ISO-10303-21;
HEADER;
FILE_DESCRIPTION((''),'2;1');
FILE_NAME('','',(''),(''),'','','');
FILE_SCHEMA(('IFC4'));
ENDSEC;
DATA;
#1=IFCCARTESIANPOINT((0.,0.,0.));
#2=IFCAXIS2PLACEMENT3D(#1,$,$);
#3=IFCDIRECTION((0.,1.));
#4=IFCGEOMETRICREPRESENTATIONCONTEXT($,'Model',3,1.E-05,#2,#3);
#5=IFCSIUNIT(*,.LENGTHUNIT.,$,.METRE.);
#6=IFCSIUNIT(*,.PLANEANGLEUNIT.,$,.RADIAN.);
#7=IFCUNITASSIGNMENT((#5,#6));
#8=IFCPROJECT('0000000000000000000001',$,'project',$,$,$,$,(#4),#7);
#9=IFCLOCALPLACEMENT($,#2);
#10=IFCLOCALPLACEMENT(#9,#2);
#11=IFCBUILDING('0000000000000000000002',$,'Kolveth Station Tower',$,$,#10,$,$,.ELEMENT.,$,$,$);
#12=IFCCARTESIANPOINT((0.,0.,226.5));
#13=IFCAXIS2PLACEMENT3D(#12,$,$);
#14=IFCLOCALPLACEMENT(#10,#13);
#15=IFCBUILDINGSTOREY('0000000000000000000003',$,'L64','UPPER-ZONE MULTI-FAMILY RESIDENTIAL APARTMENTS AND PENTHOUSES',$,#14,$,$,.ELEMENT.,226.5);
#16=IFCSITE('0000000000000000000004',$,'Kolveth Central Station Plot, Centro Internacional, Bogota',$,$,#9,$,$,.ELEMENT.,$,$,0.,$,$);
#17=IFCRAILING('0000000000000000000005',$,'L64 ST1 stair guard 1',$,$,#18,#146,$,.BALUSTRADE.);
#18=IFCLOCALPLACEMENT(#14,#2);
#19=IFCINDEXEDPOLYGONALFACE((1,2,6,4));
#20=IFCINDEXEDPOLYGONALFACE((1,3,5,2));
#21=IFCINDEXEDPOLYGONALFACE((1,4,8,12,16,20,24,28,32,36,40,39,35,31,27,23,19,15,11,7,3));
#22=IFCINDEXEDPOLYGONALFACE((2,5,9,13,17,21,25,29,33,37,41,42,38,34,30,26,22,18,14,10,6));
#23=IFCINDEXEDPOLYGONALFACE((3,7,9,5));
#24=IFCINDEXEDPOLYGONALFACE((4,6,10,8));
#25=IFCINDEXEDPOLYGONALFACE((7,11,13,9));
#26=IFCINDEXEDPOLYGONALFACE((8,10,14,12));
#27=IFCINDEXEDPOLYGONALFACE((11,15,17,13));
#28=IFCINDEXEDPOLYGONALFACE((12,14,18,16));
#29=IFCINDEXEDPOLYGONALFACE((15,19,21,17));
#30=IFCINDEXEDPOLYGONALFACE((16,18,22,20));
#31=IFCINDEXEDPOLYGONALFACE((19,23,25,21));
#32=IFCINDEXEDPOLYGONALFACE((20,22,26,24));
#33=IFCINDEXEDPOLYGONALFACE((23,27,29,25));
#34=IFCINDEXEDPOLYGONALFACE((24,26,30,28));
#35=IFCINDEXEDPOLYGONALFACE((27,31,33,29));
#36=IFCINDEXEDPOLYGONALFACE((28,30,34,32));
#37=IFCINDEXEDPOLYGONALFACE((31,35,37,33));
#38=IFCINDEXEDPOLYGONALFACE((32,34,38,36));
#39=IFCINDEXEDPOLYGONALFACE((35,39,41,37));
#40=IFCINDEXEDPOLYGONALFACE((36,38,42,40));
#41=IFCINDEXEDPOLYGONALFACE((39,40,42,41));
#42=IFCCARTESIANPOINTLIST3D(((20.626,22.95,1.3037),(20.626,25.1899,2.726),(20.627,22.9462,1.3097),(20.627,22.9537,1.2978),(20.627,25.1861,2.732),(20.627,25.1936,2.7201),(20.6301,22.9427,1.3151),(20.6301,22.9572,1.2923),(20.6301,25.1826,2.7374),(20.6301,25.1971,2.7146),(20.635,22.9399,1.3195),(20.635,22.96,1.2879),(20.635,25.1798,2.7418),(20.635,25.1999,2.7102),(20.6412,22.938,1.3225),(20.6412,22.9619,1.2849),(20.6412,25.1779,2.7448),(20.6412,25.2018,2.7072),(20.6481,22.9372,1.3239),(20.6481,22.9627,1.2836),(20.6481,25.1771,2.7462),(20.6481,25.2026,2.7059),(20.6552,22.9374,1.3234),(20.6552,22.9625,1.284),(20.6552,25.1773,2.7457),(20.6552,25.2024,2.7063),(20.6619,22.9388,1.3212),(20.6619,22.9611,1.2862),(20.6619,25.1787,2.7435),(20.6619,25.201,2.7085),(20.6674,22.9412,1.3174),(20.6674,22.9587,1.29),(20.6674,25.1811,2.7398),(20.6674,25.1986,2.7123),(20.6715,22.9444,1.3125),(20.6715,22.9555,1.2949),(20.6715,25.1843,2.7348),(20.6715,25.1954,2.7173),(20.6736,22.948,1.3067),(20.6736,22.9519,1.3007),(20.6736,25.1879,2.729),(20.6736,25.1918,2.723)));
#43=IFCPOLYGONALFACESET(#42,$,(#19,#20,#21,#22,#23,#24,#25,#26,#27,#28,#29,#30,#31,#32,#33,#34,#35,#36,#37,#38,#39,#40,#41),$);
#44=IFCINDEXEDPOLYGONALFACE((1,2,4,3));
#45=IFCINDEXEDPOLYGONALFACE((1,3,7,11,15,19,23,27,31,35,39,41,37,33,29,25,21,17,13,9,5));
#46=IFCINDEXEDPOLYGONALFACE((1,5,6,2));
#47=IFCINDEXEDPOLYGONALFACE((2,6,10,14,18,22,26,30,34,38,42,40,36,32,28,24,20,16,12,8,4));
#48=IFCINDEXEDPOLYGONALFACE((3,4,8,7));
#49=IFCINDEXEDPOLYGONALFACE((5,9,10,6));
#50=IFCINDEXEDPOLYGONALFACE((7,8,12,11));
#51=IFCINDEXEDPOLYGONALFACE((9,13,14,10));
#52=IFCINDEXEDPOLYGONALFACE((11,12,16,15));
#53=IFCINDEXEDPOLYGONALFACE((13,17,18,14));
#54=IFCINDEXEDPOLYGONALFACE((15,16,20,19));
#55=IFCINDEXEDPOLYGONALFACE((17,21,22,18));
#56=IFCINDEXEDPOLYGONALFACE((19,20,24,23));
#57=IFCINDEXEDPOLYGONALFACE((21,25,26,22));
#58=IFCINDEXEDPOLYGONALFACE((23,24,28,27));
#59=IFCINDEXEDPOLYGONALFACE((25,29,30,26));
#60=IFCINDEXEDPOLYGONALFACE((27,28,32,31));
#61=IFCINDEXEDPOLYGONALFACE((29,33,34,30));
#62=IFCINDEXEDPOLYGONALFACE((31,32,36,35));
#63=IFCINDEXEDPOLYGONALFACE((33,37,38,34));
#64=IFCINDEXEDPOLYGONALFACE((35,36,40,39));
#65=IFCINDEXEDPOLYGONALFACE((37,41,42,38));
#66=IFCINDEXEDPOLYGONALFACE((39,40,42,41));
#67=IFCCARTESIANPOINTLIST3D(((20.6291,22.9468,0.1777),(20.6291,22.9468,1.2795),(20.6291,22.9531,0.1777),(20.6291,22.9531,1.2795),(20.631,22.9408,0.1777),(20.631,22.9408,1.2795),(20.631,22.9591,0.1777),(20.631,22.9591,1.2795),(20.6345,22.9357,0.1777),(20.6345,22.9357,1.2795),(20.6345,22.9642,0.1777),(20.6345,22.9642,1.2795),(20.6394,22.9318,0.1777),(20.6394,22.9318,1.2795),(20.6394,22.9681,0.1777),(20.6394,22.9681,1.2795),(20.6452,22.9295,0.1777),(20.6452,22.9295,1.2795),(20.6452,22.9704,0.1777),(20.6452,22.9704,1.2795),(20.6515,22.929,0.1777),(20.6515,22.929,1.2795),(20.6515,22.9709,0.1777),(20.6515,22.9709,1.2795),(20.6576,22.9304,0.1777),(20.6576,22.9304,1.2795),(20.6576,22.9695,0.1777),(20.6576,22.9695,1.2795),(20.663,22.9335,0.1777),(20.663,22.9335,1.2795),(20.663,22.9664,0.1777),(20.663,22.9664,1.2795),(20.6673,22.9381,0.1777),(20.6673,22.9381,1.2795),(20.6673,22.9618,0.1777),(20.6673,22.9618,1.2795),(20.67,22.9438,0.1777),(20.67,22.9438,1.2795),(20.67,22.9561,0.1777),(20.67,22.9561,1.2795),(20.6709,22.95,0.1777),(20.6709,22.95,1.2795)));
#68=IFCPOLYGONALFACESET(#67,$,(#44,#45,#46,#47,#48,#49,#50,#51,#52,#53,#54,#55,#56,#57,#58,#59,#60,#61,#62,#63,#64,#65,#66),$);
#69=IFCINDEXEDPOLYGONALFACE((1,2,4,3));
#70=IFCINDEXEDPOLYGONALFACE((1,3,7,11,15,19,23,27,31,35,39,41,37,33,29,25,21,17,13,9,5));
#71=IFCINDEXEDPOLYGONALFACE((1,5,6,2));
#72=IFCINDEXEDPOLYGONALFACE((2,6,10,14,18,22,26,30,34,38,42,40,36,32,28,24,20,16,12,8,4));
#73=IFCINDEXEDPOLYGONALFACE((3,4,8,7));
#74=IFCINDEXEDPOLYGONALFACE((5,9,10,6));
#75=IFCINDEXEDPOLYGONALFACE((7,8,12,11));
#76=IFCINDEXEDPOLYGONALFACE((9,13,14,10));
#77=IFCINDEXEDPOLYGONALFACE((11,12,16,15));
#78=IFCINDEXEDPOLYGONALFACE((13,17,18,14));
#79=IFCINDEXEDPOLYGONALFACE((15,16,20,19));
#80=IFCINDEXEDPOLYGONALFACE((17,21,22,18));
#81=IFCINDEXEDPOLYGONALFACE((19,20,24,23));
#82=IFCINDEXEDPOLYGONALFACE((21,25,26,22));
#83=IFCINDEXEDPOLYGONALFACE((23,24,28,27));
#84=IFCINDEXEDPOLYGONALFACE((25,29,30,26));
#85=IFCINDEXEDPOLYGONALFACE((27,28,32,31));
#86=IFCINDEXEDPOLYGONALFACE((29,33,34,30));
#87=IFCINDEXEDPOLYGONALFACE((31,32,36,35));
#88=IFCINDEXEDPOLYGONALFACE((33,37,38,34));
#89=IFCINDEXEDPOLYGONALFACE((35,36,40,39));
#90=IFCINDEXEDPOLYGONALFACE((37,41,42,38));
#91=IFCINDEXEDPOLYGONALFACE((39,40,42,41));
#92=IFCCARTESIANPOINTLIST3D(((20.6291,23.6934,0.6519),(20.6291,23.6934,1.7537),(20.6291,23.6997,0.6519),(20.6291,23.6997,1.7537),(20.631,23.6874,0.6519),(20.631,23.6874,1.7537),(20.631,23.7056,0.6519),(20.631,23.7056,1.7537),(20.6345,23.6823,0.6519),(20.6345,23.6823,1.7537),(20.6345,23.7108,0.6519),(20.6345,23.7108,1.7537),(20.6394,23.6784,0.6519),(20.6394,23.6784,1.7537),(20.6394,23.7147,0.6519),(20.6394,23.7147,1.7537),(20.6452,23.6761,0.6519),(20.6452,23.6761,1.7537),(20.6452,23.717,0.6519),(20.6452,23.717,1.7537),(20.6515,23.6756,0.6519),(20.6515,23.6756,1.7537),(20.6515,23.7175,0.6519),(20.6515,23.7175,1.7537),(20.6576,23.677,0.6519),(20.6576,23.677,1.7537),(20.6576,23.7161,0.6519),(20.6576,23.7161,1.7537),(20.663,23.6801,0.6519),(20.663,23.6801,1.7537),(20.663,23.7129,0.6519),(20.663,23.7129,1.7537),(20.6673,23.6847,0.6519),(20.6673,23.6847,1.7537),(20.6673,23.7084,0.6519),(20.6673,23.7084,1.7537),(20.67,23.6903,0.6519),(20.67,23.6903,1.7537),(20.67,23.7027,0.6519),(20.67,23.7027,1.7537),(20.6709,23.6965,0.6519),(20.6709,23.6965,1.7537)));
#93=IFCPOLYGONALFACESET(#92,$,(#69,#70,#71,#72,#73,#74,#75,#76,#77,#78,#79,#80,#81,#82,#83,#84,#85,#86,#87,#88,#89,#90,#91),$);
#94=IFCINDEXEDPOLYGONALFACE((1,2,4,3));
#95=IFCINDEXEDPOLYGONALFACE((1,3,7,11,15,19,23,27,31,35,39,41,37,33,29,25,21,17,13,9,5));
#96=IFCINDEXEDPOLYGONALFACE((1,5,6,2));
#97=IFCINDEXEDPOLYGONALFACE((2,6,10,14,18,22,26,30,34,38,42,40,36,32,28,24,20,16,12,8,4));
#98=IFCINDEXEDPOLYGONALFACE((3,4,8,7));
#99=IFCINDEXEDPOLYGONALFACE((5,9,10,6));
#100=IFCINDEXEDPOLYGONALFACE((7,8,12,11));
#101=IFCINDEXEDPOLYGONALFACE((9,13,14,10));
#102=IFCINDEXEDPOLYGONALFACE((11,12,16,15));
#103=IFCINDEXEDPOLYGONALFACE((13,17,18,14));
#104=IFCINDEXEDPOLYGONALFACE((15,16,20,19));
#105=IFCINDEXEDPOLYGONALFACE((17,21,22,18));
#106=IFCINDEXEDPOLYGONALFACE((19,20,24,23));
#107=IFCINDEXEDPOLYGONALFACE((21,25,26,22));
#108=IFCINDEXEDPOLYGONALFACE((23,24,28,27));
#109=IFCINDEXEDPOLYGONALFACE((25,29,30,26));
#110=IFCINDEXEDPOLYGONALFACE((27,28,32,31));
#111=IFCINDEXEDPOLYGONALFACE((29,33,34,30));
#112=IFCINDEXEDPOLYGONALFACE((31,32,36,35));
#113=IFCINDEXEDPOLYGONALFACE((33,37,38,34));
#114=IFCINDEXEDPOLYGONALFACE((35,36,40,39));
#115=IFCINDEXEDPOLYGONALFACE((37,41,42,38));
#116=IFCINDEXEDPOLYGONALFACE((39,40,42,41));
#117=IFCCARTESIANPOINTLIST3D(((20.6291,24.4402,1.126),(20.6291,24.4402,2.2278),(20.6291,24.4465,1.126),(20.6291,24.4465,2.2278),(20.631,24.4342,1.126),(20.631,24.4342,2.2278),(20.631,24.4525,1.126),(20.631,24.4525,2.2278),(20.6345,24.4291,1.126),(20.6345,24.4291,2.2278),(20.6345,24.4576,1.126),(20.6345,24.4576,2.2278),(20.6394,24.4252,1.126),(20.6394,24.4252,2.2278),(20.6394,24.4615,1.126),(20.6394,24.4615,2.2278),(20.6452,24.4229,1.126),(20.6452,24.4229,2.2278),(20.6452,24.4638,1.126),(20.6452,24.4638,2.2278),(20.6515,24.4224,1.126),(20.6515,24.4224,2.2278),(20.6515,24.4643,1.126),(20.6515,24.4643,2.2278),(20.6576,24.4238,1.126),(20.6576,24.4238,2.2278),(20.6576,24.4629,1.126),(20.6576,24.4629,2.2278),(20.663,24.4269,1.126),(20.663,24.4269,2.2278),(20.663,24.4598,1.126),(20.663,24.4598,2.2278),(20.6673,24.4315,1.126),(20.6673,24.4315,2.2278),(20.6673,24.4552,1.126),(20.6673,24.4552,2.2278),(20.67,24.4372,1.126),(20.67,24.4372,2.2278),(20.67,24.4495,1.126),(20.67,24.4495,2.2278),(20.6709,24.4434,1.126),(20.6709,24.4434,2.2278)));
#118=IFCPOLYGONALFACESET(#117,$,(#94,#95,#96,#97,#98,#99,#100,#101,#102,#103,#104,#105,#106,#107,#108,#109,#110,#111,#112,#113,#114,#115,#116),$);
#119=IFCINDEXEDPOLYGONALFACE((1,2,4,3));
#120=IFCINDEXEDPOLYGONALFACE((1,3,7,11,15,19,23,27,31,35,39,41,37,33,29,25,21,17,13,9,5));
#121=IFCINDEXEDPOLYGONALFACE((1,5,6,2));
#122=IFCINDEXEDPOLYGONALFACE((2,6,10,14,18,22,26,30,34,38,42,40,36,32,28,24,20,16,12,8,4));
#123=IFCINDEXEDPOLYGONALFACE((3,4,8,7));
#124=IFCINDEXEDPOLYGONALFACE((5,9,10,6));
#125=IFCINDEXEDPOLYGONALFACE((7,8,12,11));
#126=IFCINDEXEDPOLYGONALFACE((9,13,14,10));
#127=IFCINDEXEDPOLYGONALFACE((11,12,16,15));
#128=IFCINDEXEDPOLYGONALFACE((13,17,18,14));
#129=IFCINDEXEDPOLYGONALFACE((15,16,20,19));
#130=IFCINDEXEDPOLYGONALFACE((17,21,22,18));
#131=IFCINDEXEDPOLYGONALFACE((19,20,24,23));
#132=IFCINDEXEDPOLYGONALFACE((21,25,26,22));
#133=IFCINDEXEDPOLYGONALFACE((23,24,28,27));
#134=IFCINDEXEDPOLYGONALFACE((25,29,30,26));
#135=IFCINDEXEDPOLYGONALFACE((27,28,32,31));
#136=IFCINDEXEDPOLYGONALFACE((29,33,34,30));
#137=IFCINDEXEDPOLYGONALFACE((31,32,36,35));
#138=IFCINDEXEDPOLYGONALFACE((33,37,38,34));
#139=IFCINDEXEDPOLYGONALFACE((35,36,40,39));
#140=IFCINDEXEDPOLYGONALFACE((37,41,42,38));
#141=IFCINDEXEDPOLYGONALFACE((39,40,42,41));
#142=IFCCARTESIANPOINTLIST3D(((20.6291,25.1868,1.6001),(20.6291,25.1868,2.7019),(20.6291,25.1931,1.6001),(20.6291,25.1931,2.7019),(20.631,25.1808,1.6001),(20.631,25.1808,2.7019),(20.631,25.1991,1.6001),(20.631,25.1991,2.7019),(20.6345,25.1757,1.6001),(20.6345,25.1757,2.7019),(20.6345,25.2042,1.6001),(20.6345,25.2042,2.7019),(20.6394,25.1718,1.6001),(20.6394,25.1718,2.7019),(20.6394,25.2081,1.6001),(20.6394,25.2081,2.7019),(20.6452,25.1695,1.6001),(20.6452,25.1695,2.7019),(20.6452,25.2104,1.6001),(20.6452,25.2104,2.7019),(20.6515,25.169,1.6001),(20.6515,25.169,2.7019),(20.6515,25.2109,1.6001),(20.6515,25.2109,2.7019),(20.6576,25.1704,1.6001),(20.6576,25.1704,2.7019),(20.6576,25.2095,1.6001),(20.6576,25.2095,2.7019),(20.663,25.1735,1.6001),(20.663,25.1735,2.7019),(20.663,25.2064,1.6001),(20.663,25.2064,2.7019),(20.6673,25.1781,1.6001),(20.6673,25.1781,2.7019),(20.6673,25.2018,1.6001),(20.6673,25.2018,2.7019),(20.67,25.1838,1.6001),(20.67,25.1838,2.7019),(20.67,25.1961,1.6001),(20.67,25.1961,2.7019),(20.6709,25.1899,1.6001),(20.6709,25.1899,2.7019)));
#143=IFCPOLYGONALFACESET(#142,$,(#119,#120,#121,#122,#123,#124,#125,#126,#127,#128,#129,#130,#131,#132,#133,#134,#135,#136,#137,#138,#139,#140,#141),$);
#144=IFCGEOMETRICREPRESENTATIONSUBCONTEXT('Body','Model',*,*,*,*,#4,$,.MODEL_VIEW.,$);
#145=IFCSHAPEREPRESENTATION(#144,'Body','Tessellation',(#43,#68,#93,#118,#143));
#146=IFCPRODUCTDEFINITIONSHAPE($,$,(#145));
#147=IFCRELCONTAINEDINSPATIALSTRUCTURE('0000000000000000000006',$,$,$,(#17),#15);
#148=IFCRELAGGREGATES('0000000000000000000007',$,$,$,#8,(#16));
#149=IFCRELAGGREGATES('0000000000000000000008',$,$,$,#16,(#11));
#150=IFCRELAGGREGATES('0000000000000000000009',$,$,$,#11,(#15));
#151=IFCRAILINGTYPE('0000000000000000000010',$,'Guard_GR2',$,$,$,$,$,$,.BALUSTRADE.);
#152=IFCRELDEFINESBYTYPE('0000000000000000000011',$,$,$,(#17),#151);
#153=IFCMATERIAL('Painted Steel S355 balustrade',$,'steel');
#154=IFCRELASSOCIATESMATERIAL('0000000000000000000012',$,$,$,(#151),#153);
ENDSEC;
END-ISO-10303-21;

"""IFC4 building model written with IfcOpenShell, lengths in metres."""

from ifc_helpers import new_model, si_unit, direction, frame, origin, origin_2d, place, context, subcontext, project, spatial, circle, extrude, material, type_object, element, save


model = new_model("IFC4")

# Units and contexts
model_context = context("Model", 3, precision=1e-05, world=origin(), true_north=direction((0.0, 1.0)))
body_context = subcontext(model_context, "Body", "Model", "MODEL_VIEW")
ifc_project = project(units=[si_unit("LENGTHUNIT", "METRE"), si_unit("PLANEANGLEUNIT", "RADIAN")], contexts=[model_context])

# Site, building, storey
site_placement = place(None, origin())
site = spatial("IfcSite", under=ifc_project, at=site_placement, Name="Kolveth Central Station Plot, Centro Internacional, Bogota", CompositionType="ELEMENT", RefElevation=0.0)
building_placement = place(site_placement, origin())
building = spatial("IfcBuilding", under=site, at=building_placement, Name="Kolveth Station Tower", CompositionType="ELEMENT")
storey_placement = place(building_placement, frame((0.0, 0.0, 226.5)))
storey = spatial("IfcBuildingStorey", under=building, at=storey_placement, Name="L64", Description="UPPER-ZONE MULTI-FAMILY RESIDENTIAL APARTMENTS AND PENTHOUSES", CompositionType="ELEMENT", Elevation=226.5)

# Railing
ifc_material_1 = material(Name="Painted Steel S355 balustrade", Category="steel")
railing_type_1 = type_object("IfcRailingType", Name="Guard_GR2", PredefinedType="BALUSTRADE", material=ifc_material_1)
railing_1_placement = place(storey_placement, frame((20.6499, 22.95, 0.1777)))
element("IfcRailing", 1, at=railing_1_placement, inside=storey, type_object=railing_type_1, Name="L64 ST1 stair guard 1", PredefinedType="BALUSTRADE", context=body_context, shape_type="SweptSolid", body=[
    extrude(circle(Radius=0.0239, at=origin_2d()), frame((0.0, 0.0, 1.126), z_axis=(0.0, 0.844188, 0.536048), x_axis=(-1.0, 0.0, 0.0)), (0.0, 0.0, 1.0), 2.6533),
    extrude(circle(Radius=0.021, at=origin_2d()), origin(), (0.0, 0.0, 1.0), 1.1018),
    extrude(circle(Radius=0.021, at=origin_2d()), frame((0.0, 0.7466, 0.4741)), (0.0, 0.0, 1.0), 1.1018),
    extrude(circle(Radius=0.021, at=origin_2d()), frame((0.0, 1.4934, 0.9482)), (0.0, 0.0, 1.0), 1.1018),
    extrude(circle(Radius=0.021, at=origin_2d()), frame((0.0, 2.24, 1.4224)), (0.0, 0.0, 1.0), 1.1018),
])

save(model, "model.ifc")
